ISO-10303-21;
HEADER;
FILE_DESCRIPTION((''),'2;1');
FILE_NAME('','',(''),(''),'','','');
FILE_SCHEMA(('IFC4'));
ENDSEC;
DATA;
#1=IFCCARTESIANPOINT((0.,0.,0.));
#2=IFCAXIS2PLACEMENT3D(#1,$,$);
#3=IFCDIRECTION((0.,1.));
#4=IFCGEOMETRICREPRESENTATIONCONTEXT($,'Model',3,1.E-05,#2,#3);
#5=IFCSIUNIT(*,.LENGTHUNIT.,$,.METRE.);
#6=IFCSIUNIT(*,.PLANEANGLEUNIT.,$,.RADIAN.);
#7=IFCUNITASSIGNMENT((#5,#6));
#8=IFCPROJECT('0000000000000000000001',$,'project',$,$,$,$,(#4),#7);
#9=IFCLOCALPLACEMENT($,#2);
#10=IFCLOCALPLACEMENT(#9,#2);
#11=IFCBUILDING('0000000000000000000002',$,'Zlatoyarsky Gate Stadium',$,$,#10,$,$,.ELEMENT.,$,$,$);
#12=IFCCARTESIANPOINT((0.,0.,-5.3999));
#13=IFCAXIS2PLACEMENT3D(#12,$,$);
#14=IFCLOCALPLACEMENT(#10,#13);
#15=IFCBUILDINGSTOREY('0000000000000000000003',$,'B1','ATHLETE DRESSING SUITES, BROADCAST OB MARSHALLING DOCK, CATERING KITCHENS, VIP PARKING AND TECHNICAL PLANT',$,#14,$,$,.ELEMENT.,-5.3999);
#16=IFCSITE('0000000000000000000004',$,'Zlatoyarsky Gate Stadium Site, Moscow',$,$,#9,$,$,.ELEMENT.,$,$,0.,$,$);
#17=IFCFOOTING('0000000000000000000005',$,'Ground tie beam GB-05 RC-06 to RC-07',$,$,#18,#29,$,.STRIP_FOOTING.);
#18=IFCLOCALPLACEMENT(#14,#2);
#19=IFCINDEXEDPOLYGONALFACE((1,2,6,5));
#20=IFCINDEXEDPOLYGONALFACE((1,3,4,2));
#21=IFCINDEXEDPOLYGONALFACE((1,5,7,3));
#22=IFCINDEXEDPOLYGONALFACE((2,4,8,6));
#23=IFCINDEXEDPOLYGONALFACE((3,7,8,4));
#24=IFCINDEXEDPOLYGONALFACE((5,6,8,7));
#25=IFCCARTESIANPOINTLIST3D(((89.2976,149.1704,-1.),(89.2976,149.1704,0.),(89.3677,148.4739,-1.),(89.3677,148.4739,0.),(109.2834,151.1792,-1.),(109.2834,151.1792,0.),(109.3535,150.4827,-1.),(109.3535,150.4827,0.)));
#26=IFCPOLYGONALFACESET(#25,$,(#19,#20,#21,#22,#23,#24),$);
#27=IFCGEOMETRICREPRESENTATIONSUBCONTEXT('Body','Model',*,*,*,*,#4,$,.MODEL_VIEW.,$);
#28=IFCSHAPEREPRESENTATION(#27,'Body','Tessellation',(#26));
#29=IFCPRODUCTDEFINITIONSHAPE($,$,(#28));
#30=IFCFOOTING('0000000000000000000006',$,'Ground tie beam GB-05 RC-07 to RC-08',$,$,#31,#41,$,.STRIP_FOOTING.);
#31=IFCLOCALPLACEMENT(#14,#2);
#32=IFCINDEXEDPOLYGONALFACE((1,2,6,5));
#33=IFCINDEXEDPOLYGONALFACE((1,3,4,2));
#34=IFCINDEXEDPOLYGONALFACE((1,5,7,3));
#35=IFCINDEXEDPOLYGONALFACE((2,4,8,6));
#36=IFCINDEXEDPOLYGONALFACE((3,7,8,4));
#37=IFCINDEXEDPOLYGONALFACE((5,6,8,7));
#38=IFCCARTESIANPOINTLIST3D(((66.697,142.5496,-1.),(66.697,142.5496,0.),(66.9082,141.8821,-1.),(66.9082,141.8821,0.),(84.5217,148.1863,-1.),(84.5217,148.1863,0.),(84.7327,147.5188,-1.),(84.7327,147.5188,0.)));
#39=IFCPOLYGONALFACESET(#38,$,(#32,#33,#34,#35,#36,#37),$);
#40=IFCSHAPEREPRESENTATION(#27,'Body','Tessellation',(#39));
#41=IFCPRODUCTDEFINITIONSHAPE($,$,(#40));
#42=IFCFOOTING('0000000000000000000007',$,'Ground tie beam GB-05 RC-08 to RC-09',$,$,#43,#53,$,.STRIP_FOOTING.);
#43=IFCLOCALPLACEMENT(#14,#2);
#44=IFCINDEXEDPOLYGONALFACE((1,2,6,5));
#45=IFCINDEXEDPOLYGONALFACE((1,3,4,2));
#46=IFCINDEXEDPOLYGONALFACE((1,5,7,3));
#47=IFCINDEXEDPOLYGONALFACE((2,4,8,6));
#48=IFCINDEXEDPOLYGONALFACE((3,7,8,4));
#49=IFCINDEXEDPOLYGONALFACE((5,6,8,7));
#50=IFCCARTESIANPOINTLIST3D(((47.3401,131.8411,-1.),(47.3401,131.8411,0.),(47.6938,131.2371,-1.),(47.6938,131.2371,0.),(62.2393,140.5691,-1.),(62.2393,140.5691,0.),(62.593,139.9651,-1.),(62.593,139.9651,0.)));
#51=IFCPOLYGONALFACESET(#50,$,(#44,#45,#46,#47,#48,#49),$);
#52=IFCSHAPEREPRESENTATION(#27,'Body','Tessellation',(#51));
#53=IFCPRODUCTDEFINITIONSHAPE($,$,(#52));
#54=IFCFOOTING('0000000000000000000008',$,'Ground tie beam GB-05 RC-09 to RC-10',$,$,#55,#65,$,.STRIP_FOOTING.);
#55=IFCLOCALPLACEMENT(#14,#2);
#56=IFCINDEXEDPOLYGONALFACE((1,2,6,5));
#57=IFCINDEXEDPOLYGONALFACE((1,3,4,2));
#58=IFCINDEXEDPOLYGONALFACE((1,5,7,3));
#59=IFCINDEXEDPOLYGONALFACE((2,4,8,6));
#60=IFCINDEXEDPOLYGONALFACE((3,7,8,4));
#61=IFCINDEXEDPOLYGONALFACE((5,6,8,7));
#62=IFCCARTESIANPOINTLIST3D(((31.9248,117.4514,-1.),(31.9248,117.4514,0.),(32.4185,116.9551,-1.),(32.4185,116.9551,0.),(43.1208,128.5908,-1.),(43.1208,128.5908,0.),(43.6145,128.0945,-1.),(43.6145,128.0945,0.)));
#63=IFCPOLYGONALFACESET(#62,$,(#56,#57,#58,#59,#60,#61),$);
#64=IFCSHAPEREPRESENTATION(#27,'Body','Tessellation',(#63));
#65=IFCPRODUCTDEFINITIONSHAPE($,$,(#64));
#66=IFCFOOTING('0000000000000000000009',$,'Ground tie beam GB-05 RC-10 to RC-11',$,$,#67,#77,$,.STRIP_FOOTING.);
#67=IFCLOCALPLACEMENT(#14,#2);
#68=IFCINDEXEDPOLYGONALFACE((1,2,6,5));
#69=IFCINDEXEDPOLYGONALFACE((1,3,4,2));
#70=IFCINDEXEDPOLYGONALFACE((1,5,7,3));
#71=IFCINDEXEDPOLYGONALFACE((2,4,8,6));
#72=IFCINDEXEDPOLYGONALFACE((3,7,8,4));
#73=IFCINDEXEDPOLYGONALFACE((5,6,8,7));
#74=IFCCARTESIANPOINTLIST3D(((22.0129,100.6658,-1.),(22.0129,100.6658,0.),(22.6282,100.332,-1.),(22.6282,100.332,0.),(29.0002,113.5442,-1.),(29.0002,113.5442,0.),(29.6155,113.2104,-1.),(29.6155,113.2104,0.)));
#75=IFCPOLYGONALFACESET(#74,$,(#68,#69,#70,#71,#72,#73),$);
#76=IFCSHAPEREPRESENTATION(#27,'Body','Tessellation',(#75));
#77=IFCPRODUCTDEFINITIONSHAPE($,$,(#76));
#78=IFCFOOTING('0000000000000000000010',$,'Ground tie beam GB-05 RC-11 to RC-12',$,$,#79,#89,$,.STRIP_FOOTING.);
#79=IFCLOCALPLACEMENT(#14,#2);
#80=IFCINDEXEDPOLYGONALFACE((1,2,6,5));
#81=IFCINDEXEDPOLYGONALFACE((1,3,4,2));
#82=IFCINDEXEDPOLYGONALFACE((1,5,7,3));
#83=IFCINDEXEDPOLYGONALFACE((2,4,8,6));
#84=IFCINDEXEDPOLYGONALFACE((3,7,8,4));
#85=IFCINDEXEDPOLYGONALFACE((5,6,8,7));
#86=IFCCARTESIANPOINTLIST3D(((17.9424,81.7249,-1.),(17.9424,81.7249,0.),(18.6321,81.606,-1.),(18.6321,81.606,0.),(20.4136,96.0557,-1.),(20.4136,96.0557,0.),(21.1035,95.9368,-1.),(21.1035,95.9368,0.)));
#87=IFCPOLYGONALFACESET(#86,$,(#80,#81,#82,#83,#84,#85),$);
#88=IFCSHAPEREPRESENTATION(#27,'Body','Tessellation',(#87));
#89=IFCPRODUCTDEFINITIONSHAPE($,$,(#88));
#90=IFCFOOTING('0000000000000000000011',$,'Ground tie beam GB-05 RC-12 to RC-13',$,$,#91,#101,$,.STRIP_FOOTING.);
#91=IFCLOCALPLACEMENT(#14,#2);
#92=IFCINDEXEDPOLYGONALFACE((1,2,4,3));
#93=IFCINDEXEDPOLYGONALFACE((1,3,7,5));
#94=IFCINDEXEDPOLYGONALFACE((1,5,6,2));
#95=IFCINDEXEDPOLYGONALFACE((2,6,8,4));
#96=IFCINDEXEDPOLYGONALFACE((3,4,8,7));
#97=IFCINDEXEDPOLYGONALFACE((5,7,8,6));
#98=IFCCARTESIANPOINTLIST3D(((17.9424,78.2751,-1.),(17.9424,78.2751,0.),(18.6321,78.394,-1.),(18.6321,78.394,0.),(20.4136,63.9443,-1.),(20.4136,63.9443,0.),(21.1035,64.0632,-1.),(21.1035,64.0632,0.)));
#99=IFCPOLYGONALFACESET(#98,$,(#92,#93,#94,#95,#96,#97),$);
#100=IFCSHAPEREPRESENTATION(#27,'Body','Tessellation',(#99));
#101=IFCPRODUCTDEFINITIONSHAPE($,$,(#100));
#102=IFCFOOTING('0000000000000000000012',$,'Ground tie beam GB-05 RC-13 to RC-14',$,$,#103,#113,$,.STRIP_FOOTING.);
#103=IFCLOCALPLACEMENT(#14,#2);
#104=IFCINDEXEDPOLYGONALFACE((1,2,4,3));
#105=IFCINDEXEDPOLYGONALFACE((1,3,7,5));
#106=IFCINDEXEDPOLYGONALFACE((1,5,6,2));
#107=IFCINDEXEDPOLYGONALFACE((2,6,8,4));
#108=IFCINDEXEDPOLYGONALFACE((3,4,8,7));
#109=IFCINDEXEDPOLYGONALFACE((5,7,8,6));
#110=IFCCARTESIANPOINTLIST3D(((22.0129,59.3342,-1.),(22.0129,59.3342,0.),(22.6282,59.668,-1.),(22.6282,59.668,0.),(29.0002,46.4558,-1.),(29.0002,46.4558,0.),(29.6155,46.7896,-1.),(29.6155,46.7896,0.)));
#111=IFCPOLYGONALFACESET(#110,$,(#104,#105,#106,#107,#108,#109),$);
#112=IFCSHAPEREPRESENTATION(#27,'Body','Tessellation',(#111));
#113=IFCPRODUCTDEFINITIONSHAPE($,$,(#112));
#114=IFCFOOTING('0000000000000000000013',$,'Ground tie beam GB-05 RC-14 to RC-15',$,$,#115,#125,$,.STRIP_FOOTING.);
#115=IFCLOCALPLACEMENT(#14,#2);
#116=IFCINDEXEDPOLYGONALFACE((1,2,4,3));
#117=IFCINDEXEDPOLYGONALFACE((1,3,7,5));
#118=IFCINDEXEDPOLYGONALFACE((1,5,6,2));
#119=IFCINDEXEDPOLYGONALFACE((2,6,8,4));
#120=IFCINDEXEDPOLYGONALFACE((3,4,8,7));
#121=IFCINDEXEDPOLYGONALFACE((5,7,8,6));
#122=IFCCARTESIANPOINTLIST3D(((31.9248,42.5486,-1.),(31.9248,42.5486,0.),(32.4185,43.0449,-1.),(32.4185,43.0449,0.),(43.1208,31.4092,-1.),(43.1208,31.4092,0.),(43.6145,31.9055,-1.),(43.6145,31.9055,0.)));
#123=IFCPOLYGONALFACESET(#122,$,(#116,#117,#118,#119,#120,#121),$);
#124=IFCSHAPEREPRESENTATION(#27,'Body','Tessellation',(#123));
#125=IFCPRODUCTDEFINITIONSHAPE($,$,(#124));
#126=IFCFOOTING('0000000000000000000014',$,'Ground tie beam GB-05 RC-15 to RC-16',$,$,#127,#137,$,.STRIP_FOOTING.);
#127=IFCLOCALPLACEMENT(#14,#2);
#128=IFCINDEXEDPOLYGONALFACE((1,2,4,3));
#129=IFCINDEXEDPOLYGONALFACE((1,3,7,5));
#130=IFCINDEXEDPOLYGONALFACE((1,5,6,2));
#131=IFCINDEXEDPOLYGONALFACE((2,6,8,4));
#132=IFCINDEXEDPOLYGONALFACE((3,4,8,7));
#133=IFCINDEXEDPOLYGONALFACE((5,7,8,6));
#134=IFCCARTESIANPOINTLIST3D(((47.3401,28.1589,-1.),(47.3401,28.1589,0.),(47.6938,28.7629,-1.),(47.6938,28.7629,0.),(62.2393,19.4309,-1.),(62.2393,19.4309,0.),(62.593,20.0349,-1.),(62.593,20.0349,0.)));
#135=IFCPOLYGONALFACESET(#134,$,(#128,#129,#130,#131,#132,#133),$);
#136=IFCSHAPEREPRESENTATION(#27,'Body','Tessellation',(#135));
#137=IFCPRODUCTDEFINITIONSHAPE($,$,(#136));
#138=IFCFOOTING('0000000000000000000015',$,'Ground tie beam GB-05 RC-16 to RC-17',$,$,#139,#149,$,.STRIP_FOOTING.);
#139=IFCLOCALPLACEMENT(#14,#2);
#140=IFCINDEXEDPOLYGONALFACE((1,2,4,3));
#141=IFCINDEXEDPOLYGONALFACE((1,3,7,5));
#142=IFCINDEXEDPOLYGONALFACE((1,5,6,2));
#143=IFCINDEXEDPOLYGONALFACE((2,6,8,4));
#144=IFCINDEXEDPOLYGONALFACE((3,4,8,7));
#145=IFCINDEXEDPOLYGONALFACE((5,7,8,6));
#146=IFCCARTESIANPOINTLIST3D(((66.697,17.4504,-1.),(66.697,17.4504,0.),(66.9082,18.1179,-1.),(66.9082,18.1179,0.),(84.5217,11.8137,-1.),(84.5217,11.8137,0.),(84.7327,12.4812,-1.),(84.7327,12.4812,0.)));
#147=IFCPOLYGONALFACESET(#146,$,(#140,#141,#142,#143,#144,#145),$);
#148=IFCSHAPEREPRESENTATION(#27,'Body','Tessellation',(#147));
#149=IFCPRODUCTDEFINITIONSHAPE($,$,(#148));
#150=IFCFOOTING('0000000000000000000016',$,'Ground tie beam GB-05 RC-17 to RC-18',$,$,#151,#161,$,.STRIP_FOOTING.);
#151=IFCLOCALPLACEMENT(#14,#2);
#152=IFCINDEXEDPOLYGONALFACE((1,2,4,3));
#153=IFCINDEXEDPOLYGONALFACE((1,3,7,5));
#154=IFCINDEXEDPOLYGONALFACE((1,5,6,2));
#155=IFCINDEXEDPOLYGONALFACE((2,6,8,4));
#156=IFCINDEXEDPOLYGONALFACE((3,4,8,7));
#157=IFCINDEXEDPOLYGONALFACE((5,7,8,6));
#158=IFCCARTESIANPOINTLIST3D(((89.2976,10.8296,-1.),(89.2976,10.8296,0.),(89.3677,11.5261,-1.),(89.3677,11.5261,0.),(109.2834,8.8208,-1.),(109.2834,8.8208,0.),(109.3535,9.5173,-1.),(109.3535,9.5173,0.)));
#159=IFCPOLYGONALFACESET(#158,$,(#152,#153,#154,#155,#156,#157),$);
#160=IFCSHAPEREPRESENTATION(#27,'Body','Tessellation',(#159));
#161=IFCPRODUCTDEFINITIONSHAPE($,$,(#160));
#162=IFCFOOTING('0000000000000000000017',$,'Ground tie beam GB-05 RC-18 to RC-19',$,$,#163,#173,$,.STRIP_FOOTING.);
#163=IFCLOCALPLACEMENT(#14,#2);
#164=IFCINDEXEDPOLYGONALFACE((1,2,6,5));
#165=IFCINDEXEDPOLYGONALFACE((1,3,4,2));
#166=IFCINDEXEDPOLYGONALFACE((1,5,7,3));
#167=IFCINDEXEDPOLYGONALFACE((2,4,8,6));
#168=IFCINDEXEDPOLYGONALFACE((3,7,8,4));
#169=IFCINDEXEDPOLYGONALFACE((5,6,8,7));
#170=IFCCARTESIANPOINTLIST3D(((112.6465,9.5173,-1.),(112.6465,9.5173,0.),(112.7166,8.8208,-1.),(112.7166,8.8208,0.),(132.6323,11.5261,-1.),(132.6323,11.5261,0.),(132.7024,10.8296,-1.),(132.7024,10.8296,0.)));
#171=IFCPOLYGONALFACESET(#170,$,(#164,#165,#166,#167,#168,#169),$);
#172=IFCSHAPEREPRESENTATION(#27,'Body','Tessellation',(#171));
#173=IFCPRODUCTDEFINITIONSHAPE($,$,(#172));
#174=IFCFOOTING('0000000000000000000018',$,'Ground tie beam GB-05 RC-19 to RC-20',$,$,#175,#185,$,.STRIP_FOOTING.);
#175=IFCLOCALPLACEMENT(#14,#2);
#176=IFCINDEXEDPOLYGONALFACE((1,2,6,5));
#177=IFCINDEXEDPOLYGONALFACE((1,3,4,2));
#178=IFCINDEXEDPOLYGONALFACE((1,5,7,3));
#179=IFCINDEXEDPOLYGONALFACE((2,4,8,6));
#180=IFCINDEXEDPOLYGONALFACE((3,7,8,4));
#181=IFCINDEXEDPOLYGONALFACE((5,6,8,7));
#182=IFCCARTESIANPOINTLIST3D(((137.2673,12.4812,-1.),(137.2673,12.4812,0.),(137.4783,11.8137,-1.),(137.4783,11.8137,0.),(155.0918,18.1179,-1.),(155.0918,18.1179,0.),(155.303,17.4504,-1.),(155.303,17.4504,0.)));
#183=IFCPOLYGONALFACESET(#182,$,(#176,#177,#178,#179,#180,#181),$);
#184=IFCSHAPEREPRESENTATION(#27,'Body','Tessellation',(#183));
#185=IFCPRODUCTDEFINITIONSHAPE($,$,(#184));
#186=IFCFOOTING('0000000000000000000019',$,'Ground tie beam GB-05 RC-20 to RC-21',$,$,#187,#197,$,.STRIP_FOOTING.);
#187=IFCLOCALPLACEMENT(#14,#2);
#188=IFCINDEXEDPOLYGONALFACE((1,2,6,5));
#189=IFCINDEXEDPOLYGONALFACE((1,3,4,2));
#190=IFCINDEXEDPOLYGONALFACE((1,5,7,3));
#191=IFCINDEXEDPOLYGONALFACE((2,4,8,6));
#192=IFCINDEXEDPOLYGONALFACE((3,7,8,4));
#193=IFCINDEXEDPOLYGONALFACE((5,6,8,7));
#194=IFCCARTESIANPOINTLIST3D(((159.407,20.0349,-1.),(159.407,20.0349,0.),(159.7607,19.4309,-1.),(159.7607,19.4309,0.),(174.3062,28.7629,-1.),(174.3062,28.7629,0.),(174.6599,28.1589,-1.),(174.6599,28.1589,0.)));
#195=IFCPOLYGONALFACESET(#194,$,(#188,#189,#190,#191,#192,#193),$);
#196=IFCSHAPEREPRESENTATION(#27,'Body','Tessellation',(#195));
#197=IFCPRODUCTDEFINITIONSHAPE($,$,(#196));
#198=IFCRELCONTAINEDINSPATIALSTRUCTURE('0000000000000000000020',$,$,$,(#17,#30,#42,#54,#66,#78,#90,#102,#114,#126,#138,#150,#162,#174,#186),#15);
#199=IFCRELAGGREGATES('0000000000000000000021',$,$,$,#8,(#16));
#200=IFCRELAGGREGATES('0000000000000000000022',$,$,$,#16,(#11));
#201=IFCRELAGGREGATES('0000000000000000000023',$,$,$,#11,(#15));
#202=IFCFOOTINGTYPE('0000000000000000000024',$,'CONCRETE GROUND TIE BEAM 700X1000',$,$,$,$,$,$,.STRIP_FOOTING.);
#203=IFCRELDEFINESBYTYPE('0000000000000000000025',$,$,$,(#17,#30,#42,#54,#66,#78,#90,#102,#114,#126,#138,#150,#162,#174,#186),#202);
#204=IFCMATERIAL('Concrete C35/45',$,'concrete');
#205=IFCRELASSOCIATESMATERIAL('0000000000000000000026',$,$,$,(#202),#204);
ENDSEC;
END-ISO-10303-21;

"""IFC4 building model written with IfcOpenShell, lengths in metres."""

from ifc_helpers import new_model, si_unit, direction, frame, origin, origin_2d, place, context, subcontext, project, spatial, polyline, rectangle, outline, extrude, material, material_profile, profile_set, type_object, element, save


model = new_model("IFC4")

# Units and contexts
model_context = context("Model", 3, precision=1e-05, world=origin(), true_north=direction((0.0, 1.0)))
body_context = subcontext(model_context, "Body", "Model", "MODEL_VIEW")
ifc_project = project(units=[si_unit("LENGTHUNIT", "METRE"), si_unit("PLANEANGLEUNIT", "RADIAN")], contexts=[model_context])

# Site, building, storey
site_placement = place(None, origin())
site = spatial("IfcSite", under=ifc_project, at=site_placement, Name="Zlatoyarsky Gate Stadium Site, Moscow", CompositionType="ELEMENT", RefElevation=0.0)
building_placement = place(site_placement, origin())
building = spatial("IfcBuilding", under=site, at=building_placement, Name="Zlatoyarsky Gate Stadium", CompositionType="ELEMENT")
storey_placement = place(building_placement, frame((0.0, 0.0, -5.3999)))
storey = spatial("IfcBuildingStorey", under=building, at=storey_placement, Name="B1", Description="ATHLETE DRESSING SUITES, BROADCAST OB MARSHALLING DOCK, CATERING KITCHENS, VIP PARKING AND TECHNICAL PLANT", CompositionType="ELEMENT", Elevation=-5.3999)

# Footings
ifc_material = material(Name="Concrete C35/45", Category="concrete")
ifc_material_profile_1 = material_profile(ifc_material, rectangle(XDim=0.7, YDim=1.0, at=origin_2d()), Name="GB 700X1000")
ifc_profile_set_1 = profile_set([ifc_material_profile_1], Name="Concrete C35/45")
footing_type_1 = type_object("IfcFootingType", Name="CONCRETE GROUND TIE BEAM 700X1000", PredefinedType="STRIP_FOOTING", material=ifc_profile_set_1)
footing_1_placement = place(storey_placement, frame((0.0, 0.0, -1.0)))
element("IfcFooting", 1, at=footing_1_placement, inside=storey, type_object=footing_type_1, Name="Ground tie beam GB-05 RC-06 to RC-07", PredefinedType="STRIP_FOOTING", context=body_context, shape_type="SweptSolid", body=[
    extrude(outline(polyline([(109.2834, 151.1792), (89.2976, 149.1704), (89.3677, 148.4739), (109.3535, 150.4827), (109.2834, 151.1792)])), origin(), (0.0, 0.0, 1.0), 1.0),
])
footing_2_placement = place(storey_placement, frame((0.0, 0.0, -1.0)))
element("IfcFooting", 2, at=footing_2_placement, inside=storey, type_object=footing_type_1, Name="Ground tie beam GB-05 RC-07 to RC-08", PredefinedType="STRIP_FOOTING", context=body_context, shape_type="SweptSolid", body=[
    extrude(outline(polyline([(84.5217, 148.1863), (66.697, 142.5496), (66.9082, 141.8821), (84.7327, 147.5188), (84.5217, 148.1863)])), origin(), (0.0, 0.0, 1.0), 1.0),
])
footing_3_placement = place(storey_placement, frame((0.0, 0.0, -1.0)))
element("IfcFooting", 3, at=footing_3_placement, inside=storey, type_object=footing_type_1, Name="Ground tie beam GB-05 RC-08 to RC-09", PredefinedType="STRIP_FOOTING", context=body_context, shape_type="SweptSolid", body=[
    extrude(outline(polyline([(62.2393, 140.5691), (47.3401, 131.8411), (47.6938, 131.2371), (62.593, 139.9651), (62.2393, 140.5691)])), origin(), (0.0, 0.0, 1.0), 1.0),
])
footing_4_placement = place(storey_placement, frame((0.0, 0.0, -1.0)))
element("IfcFooting", 4, at=footing_4_placement, inside=storey, type_object=footing_type_1, Name="Ground tie beam GB-05 RC-09 to RC-10", PredefinedType="STRIP_FOOTING", context=body_context, shape_type="SweptSolid", body=[
    extrude(outline(polyline([(43.1208, 128.5908), (31.9248, 117.4514), (32.4185, 116.9551), (43.6145, 128.0945), (43.1208, 128.5908)])), origin(), (0.0, 0.0, 1.0), 1.0),
])
footing_5_placement = place(storey_placement, frame((0.0, 0.0, -1.0)))
element("IfcFooting", 5, at=footing_5_placement, inside=storey, type_object=footing_type_1, Name="Ground tie beam GB-05 RC-10 to RC-11", PredefinedType="STRIP_FOOTING", context=body_context, shape_type="SweptSolid", body=[
    extrude(outline(polyline([(29.0002, 113.5442), (22.0129, 100.6658), (22.6282, 100.332), (29.6155, 113.2104), (29.0002, 113.5442)])), origin(), (0.0, 0.0, 1.0), 1.0),
])
footing_6_placement = place(storey_placement, frame((0.0, 0.0, -1.0)))
element("IfcFooting", 6, at=footing_6_placement, inside=storey, type_object=footing_type_1, Name="Ground tie beam GB-05 RC-11 to RC-12", PredefinedType="STRIP_FOOTING", context=body_context, shape_type="SweptSolid", body=[
    extrude(outline(polyline([(20.4136, 96.0557), (17.9424, 81.7249), (18.6321, 81.606), (21.1035, 95.9368), (20.4136, 96.0557)])), origin(), (0.0, 0.0, 1.0), 1.0),
])
footing_7_placement = place(storey_placement, frame((0.0, 0.0, -1.0)))
element("IfcFooting", 7, at=footing_7_placement, inside=storey, type_object=footing_type_1, Name="Ground tie beam GB-05 RC-12 to RC-13", PredefinedType="STRIP_FOOTING", context=body_context, shape_type="SweptSolid", body=[
    extrude(outline(polyline([(17.9424, 78.2751), (20.4136, 63.9443), (21.1035, 64.0632), (18.6321, 78.394), (17.9424, 78.2751)])), origin(), (0.0, 0.0, 1.0), 1.0),
])
footing_8_placement = place(storey_placement, frame((0.0, 0.0, -1.0)))
element("IfcFooting", 8, at=footing_8_placement, inside=storey, type_object=footing_type_1, Name="Ground tie beam GB-05 RC-13 to RC-14", PredefinedType="STRIP_FOOTING", context=body_context, shape_type="SweptSolid", body=[
    extrude(outline(polyline([(22.0129, 59.3342), (29.0002, 46.4558), (29.6155, 46.7896), (22.6282, 59.668), (22.0129, 59.3342)])), origin(), (0.0, 0.0, 1.0), 1.0),
])
footing_9_placement = place(storey_placement, frame((0.0, 0.0, -1.0)))
element("IfcFooting", 9, at=footing_9_placement, inside=storey, type_object=footing_type_1, Name="Ground tie beam GB-05 RC-14 to RC-15", PredefinedType="STRIP_FOOTING", context=body_context, shape_type="SweptSolid", body=[
    extrude(outline(polyline([(31.9248, 42.5486), (43.1208, 31.4092), (43.6145, 31.9055), (32.4185, 43.0449), (31.9248, 42.5486)])), origin(), (0.0, 0.0, 1.0), 1.0),
])
footing_10_placement = place(storey_placement, frame((0.0, 0.0, -1.0)))
element("IfcFooting", 10, at=footing_10_placement, inside=storey, type_object=footing_type_1, Name="Ground tie beam GB-05 RC-15 to RC-16", PredefinedType="STRIP_FOOTING", context=body_context, shape_type="SweptSolid", body=[
    extrude(outline(polyline([(47.3401, 28.1589), (62.2393, 19.4309), (62.593, 20.0349), (47.6938, 28.7629), (47.3401, 28.1589)])), origin(), (0.0, 0.0, 1.0), 1.0),
])
footing_11_placement = place(storey_placement, frame((0.0, 0.0, -1.0)))
element("IfcFooting", 11, at=footing_11_placement, inside=storey, type_object=footing_type_1, Name="Ground tie beam GB-05 RC-16 to RC-17", PredefinedType="STRIP_FOOTING", context=body_context, shape_type="SweptSolid", body=[
    extrude(outline(polyline([(66.697, 17.4504), (84.5217, 11.8137), (84.7327, 12.4812), (66.9082, 18.1179), (66.697, 17.4504)])), origin(), (0.0, 0.0, 1.0), 1.0),
])
footing_12_placement = place(storey_placement, frame((0.0, 0.0, -1.0)))
element("IfcFooting", 12, at=footing_12_placement, inside=storey, type_object=footing_type_1, Name="Ground tie beam GB-05 RC-17 to RC-18", PredefinedType="STRIP_FOOTING", context=body_context, shape_type="SweptSolid", body=[
    extrude(outline(polyline([(89.2976, 10.8296), (109.2834, 8.8208), (109.3535, 9.5173), (89.3677, 11.5261), (89.2976, 10.8296)])), origin(), (0.0, 0.0, 1.0), 1.0),
])
footing_13_placement = place(storey_placement, frame((0.0, 0.0, -1.0)))
element("IfcFooting", 13, at=footing_13_placement, inside=storey, type_object=footing_type_1, Name="Ground tie beam GB-05 RC-18 to RC-19", PredefinedType="STRIP_FOOTING", context=body_context, shape_type="SweptSolid", body=[
    extrude(outline(polyline([(112.7166, 8.8208), (132.7024, 10.8296), (132.6323, 11.5261), (112.6465, 9.5173), (112.7166, 8.8208)])), origin(), (0.0, 0.0, 1.0), 1.0),
])
footing_14_placement = place(storey_placement, frame((0.0, 0.0, -1.0)))
element("IfcFooting", 14, at=footing_14_placement, inside=storey, type_object=footing_type_1, Name="Ground tie beam GB-05 RC-19 to RC-20", PredefinedType="STRIP_FOOTING", context=body_context, shape_type="SweptSolid", body=[
    extrude(outline(polyline([(137.4783, 11.8137), (155.303, 17.4504), (155.0918, 18.1179), (137.2673, 12.4812), (137.4783, 11.8137)])), origin(), (0.0, 0.0, 1.0), 1.0),
])
footing_15_placement = place(storey_placement, frame((0.0, 0.0, -1.0)))
element("IfcFooting", 15, at=footing_15_placement, inside=storey, type_object=footing_type_1, Name="Ground tie beam GB-05 RC-20 to RC-21", PredefinedType="STRIP_FOOTING", context=body_context, shape_type="SweptSolid", body=[
    extrude(outline(polyline([(159.7607, 19.4309), (174.6599, 28.1589), (174.3062, 28.7629), (159.407, 20.0349), (159.7607, 19.4309)])), origin(), (0.0, 0.0, 1.0), 1.0),
])

save(model, "model.ifc")
